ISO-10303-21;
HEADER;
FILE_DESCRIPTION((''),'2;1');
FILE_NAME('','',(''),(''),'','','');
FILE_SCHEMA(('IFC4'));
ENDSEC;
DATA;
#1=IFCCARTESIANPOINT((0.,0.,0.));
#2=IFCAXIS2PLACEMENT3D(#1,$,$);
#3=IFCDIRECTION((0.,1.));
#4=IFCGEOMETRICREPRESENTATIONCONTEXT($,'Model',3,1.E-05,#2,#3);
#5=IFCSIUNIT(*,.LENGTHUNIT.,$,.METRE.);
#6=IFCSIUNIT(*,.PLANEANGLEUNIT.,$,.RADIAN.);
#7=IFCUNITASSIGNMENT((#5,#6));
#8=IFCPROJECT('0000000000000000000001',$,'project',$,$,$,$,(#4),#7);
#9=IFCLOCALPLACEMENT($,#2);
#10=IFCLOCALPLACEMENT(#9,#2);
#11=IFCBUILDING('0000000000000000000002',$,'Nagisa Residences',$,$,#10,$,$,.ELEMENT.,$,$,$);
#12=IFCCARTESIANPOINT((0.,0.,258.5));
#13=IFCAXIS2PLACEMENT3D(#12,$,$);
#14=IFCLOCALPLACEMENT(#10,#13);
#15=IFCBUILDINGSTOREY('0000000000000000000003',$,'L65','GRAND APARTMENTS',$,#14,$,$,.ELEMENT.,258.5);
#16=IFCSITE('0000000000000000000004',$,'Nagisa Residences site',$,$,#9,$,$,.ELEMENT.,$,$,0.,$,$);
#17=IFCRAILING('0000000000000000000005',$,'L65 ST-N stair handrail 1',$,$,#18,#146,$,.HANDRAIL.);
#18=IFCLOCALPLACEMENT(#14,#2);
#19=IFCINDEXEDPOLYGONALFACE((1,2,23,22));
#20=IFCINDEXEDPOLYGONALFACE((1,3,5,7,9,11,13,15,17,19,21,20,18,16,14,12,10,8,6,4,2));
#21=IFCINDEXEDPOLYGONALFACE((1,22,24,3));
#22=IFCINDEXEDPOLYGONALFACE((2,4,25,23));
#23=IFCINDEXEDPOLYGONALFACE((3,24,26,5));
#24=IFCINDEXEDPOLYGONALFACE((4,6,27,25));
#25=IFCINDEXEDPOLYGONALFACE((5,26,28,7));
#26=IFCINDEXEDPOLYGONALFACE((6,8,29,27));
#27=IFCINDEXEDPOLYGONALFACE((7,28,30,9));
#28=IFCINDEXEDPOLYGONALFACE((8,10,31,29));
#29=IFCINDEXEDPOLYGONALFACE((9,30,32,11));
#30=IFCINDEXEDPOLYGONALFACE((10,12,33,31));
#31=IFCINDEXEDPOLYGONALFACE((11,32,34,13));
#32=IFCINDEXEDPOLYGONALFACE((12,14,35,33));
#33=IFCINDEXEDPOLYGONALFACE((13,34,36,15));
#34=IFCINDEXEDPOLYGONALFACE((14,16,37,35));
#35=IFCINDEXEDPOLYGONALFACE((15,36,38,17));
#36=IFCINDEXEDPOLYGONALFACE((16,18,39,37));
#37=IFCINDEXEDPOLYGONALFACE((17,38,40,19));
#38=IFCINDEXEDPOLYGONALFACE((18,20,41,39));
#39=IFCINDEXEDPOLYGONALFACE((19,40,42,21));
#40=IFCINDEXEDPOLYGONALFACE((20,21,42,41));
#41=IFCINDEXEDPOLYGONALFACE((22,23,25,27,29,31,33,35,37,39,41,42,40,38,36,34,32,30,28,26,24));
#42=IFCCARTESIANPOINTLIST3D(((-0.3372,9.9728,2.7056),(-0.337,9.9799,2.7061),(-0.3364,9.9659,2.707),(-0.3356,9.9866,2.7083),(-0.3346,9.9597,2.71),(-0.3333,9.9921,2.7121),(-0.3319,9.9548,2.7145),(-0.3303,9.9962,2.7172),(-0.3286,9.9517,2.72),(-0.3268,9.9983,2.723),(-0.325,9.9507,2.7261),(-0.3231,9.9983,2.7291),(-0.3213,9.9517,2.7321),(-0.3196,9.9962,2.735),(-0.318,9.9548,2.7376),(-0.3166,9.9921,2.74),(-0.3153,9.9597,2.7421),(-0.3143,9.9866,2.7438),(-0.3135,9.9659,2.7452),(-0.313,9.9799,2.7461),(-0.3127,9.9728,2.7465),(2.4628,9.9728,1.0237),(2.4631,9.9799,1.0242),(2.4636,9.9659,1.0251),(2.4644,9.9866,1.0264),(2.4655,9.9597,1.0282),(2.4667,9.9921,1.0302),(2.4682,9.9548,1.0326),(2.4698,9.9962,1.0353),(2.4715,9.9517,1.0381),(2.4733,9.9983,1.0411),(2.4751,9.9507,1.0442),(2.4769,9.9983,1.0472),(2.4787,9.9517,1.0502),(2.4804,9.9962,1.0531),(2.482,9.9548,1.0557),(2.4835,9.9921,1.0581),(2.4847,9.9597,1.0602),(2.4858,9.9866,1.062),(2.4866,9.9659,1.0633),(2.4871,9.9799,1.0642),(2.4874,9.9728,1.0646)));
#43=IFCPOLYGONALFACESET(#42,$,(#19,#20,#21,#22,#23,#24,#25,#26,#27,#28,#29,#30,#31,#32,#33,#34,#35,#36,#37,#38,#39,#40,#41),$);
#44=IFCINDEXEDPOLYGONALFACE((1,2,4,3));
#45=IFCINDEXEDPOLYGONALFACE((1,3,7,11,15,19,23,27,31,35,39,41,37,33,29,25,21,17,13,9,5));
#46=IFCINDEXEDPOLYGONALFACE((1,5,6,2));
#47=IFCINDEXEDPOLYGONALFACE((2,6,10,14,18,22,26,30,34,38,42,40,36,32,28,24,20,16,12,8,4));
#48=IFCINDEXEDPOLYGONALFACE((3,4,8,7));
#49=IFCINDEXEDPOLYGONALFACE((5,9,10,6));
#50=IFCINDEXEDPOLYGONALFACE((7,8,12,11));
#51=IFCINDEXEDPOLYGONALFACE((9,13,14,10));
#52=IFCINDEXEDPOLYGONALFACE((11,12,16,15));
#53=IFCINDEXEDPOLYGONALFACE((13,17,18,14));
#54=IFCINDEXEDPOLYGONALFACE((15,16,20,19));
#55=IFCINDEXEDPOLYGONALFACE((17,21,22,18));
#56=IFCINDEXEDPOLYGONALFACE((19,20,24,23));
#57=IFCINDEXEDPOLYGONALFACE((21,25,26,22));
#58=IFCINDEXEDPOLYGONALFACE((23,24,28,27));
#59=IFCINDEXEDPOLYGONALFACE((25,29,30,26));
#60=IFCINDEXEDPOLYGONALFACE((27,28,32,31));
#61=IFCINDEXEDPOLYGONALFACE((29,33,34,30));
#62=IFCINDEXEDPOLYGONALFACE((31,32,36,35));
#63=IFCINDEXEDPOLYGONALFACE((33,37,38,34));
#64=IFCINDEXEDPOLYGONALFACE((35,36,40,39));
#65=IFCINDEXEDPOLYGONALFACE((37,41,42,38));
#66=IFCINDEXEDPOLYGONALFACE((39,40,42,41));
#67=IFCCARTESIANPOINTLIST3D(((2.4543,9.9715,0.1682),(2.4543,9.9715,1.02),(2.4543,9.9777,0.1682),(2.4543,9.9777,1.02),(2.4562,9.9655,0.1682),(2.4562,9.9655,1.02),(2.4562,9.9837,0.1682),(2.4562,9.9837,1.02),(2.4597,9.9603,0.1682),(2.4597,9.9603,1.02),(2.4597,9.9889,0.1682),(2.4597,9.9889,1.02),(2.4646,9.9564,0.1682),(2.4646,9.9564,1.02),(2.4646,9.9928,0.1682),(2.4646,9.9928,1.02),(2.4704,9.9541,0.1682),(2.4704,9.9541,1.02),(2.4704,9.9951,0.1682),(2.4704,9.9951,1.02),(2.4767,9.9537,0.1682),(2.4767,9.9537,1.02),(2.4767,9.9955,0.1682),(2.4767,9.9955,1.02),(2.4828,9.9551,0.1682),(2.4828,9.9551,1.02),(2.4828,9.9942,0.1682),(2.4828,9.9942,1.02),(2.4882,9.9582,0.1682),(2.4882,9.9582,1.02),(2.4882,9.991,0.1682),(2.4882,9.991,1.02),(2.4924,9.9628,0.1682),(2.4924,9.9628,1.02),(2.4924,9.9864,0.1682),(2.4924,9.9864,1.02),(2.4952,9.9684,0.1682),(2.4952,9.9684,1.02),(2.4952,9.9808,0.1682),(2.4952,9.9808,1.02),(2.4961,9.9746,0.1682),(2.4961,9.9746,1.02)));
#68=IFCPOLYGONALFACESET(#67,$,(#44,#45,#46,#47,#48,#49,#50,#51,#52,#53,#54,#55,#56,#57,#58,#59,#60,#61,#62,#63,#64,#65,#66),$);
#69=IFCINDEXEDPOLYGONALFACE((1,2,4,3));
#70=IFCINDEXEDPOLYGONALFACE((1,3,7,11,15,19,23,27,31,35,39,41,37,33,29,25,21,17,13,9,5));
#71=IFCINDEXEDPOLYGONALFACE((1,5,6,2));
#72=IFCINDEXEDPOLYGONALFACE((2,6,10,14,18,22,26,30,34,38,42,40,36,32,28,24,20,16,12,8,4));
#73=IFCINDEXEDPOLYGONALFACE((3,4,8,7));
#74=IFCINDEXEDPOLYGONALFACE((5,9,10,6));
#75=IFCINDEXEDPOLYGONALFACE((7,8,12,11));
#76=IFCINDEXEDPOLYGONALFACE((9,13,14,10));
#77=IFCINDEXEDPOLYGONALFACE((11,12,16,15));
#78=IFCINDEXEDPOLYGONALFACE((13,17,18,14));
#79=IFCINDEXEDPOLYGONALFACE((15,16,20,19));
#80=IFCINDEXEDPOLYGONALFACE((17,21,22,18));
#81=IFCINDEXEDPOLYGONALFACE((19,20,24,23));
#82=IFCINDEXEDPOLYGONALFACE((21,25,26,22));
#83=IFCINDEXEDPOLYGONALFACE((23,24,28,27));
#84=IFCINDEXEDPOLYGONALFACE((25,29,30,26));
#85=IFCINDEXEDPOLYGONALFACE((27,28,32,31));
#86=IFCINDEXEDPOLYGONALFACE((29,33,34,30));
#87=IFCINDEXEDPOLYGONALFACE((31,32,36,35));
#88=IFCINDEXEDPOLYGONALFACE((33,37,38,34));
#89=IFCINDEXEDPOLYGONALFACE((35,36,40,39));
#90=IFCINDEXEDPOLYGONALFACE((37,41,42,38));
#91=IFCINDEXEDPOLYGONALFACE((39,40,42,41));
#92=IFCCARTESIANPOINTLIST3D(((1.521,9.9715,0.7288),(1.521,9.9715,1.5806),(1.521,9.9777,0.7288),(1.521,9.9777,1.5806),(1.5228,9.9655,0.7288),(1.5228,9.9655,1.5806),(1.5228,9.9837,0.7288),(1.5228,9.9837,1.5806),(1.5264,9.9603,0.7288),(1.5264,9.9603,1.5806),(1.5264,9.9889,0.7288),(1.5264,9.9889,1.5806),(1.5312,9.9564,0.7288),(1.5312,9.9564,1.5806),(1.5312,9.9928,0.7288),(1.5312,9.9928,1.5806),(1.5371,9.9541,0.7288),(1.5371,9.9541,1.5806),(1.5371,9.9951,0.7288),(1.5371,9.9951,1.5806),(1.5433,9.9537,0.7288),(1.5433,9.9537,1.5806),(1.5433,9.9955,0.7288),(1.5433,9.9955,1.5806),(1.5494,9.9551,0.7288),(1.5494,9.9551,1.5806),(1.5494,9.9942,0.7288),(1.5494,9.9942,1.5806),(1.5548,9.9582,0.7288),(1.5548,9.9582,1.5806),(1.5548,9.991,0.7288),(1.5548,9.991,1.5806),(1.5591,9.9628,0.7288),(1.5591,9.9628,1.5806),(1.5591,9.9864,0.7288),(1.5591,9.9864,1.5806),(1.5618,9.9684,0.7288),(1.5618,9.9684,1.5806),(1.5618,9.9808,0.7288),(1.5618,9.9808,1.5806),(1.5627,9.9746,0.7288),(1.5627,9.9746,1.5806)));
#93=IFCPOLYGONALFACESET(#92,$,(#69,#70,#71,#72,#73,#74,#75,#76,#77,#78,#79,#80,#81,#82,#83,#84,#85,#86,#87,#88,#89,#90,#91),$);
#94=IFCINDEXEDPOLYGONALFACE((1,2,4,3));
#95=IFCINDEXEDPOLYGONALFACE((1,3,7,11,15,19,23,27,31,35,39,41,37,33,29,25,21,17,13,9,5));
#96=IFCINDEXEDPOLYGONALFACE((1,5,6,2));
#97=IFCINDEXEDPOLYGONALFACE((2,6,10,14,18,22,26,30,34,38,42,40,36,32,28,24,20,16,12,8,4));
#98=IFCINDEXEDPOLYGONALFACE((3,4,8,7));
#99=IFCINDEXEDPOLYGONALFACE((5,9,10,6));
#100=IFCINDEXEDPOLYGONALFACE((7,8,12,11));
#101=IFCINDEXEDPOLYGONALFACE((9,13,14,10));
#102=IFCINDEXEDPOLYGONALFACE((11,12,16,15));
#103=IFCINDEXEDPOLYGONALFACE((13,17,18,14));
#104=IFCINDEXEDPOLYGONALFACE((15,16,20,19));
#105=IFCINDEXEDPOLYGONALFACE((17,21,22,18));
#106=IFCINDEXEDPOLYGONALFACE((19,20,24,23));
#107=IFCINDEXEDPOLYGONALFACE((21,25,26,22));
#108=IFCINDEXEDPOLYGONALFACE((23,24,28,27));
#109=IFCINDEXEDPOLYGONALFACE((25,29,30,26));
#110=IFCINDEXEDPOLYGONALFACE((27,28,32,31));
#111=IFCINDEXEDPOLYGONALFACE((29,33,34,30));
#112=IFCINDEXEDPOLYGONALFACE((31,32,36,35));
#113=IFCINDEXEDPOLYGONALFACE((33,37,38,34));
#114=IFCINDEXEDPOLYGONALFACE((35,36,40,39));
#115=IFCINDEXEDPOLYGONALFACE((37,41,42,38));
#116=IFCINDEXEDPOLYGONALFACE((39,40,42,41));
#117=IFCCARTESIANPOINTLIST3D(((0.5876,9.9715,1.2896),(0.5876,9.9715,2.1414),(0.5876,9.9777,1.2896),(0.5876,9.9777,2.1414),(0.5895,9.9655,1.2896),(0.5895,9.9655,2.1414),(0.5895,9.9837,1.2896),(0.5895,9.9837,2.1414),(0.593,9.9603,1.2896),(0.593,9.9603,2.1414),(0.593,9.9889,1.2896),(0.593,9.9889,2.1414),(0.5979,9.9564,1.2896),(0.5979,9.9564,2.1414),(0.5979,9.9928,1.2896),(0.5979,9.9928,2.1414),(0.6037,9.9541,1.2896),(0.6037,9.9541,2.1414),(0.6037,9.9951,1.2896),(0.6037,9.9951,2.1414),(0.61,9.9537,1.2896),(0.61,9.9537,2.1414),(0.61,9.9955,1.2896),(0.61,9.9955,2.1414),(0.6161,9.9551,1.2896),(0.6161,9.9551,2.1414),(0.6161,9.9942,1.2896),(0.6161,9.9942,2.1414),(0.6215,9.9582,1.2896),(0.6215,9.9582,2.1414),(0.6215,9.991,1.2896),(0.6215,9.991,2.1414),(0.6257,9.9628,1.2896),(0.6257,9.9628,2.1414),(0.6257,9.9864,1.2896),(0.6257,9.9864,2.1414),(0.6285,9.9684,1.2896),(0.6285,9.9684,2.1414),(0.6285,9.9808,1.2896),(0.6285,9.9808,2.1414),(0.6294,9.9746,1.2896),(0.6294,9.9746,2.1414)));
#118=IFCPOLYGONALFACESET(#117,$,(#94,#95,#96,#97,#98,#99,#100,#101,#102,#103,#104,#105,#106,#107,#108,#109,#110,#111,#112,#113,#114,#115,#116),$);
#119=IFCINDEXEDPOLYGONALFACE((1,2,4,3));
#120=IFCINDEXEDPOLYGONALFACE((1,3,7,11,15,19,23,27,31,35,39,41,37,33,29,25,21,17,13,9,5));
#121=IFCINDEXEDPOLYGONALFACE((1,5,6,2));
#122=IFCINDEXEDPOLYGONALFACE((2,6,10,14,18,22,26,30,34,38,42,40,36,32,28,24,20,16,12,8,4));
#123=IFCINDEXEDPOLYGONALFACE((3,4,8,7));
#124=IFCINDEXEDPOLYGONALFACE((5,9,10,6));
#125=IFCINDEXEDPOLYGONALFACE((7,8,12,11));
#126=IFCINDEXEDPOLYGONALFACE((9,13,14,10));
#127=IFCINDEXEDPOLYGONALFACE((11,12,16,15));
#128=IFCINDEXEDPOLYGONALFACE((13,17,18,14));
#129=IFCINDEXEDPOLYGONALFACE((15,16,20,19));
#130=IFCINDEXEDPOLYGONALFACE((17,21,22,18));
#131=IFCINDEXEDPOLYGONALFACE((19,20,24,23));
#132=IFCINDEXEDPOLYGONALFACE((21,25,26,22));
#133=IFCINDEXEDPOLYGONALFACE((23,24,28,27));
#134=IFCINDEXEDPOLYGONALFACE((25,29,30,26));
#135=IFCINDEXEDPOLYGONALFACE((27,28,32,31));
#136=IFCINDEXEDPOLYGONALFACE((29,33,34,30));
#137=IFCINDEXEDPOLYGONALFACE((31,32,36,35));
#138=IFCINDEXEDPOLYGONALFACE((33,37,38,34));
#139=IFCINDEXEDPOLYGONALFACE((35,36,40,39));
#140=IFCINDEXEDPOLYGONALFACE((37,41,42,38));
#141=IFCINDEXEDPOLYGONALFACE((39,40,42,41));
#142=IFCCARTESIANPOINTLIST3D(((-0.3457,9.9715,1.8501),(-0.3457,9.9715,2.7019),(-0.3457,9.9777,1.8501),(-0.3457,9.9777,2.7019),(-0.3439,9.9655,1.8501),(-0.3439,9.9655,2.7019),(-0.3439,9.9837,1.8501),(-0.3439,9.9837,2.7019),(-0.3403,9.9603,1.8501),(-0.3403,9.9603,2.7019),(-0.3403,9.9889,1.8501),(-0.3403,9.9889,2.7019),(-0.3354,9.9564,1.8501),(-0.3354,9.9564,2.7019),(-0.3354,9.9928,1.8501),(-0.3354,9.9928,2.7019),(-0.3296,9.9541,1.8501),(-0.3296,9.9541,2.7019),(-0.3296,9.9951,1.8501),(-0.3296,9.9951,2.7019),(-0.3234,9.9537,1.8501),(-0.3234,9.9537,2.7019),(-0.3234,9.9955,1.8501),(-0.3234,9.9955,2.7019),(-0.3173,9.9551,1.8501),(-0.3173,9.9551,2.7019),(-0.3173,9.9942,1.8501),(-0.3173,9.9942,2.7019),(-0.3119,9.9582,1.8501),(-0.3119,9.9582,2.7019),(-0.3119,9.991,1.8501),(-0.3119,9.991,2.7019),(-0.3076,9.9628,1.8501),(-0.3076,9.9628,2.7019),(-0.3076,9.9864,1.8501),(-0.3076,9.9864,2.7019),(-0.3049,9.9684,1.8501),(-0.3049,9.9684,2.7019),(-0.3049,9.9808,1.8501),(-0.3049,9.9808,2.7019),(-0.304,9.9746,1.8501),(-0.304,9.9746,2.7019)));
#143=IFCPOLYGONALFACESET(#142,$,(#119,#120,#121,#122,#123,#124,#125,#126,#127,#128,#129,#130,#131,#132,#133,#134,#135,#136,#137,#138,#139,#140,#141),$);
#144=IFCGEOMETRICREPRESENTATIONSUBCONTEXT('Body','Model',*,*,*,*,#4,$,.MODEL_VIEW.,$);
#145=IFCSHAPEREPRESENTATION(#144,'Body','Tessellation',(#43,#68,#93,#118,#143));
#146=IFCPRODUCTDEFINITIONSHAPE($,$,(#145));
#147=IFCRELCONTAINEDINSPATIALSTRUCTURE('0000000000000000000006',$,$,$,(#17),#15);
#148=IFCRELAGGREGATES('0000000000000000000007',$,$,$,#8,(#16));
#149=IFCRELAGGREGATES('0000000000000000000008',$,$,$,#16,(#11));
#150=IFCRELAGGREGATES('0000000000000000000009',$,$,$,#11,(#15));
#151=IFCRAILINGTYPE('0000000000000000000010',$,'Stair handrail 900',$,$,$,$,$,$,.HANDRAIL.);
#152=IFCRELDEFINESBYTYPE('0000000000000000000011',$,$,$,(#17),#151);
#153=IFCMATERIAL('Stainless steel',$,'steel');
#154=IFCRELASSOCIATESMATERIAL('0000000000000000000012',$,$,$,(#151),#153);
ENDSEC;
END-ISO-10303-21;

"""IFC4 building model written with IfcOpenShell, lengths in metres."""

from ifc_helpers import new_model, si_unit, direction, frame, origin, origin_2d, place, context, subcontext, project, spatial, circle, extrude, material, type_object, element, save


model = new_model("IFC4")

# Units and contexts
model_context = context("Model", 3, precision=1e-05, world=origin(), true_north=direction((0.0, 1.0)))
body_context = subcontext(model_context, "Body", "Model", "MODEL_VIEW")
ifc_project = project(units=[si_unit("LENGTHUNIT", "METRE"), si_unit("PLANEANGLEUNIT", "RADIAN")], contexts=[model_context])

# Site, building, storey
site_placement = place(None, origin())
site = spatial("IfcSite", under=ifc_project, at=site_placement, Name="Nagisa Residences site", CompositionType="ELEMENT", RefElevation=0.0)
building_placement = place(site_placement, origin())
building = spatial("IfcBuilding", under=site, at=building_placement, Name="Nagisa Residences", CompositionType="ELEMENT")
storey_placement = place(building_placement, frame((0.0, 0.0, 258.5)))
storey = spatial("IfcBuildingStorey", under=building, at=storey_placement, Name="L65", Description="GRAND APARTMENTS", CompositionType="ELEMENT", Elevation=258.5)

# Railing
ifc_material_1 = material(Name="Stainless steel", Category="steel")
railing_type = type_object("IfcRailingType", Name="Stair handrail 900", PredefinedType="HANDRAIL", material=ifc_material_1)
railing_placement = place(storey_placement, frame((2.4751, 9.9746, 0.1682)))
element("IfcRailing", 1, at=railing_placement, inside=storey, type_object=railing_type, Name="L65 ST-N stair handrail 1", PredefinedType="HANDRAIL", context=body_context, shape_type="SweptSolid", body=[
    extrude(circle(Radius=0.0239, at=origin_2d()), frame((0.0, 0.0, 0.876), z_axis=(-0.857242, 0.0, 0.514913), x_axis=(0.0, -1.0, 0.0)), (0.0, 0.0, 1.0), 3.2664),
    extrude(circle(Radius=0.021, at=origin_2d()), origin(), (0.0, 0.0, 1.0), 0.8518),
    extrude(circle(Radius=0.021, at=origin_2d()), frame((-0.9333, 0.0, 0.5605)), (0.0, 0.0, 1.0), 0.8518),
    extrude(circle(Radius=0.021, at=origin_2d()), frame((-1.8667, 0.0, 1.1213)), (0.0, 0.0, 1.0), 0.8518),
    extrude(circle(Radius=0.021, at=origin_2d()), frame((-2.8, 0.0, 1.6819)), (0.0, 0.0, 1.0), 0.8518),
])

save(model, "model.ifc")
